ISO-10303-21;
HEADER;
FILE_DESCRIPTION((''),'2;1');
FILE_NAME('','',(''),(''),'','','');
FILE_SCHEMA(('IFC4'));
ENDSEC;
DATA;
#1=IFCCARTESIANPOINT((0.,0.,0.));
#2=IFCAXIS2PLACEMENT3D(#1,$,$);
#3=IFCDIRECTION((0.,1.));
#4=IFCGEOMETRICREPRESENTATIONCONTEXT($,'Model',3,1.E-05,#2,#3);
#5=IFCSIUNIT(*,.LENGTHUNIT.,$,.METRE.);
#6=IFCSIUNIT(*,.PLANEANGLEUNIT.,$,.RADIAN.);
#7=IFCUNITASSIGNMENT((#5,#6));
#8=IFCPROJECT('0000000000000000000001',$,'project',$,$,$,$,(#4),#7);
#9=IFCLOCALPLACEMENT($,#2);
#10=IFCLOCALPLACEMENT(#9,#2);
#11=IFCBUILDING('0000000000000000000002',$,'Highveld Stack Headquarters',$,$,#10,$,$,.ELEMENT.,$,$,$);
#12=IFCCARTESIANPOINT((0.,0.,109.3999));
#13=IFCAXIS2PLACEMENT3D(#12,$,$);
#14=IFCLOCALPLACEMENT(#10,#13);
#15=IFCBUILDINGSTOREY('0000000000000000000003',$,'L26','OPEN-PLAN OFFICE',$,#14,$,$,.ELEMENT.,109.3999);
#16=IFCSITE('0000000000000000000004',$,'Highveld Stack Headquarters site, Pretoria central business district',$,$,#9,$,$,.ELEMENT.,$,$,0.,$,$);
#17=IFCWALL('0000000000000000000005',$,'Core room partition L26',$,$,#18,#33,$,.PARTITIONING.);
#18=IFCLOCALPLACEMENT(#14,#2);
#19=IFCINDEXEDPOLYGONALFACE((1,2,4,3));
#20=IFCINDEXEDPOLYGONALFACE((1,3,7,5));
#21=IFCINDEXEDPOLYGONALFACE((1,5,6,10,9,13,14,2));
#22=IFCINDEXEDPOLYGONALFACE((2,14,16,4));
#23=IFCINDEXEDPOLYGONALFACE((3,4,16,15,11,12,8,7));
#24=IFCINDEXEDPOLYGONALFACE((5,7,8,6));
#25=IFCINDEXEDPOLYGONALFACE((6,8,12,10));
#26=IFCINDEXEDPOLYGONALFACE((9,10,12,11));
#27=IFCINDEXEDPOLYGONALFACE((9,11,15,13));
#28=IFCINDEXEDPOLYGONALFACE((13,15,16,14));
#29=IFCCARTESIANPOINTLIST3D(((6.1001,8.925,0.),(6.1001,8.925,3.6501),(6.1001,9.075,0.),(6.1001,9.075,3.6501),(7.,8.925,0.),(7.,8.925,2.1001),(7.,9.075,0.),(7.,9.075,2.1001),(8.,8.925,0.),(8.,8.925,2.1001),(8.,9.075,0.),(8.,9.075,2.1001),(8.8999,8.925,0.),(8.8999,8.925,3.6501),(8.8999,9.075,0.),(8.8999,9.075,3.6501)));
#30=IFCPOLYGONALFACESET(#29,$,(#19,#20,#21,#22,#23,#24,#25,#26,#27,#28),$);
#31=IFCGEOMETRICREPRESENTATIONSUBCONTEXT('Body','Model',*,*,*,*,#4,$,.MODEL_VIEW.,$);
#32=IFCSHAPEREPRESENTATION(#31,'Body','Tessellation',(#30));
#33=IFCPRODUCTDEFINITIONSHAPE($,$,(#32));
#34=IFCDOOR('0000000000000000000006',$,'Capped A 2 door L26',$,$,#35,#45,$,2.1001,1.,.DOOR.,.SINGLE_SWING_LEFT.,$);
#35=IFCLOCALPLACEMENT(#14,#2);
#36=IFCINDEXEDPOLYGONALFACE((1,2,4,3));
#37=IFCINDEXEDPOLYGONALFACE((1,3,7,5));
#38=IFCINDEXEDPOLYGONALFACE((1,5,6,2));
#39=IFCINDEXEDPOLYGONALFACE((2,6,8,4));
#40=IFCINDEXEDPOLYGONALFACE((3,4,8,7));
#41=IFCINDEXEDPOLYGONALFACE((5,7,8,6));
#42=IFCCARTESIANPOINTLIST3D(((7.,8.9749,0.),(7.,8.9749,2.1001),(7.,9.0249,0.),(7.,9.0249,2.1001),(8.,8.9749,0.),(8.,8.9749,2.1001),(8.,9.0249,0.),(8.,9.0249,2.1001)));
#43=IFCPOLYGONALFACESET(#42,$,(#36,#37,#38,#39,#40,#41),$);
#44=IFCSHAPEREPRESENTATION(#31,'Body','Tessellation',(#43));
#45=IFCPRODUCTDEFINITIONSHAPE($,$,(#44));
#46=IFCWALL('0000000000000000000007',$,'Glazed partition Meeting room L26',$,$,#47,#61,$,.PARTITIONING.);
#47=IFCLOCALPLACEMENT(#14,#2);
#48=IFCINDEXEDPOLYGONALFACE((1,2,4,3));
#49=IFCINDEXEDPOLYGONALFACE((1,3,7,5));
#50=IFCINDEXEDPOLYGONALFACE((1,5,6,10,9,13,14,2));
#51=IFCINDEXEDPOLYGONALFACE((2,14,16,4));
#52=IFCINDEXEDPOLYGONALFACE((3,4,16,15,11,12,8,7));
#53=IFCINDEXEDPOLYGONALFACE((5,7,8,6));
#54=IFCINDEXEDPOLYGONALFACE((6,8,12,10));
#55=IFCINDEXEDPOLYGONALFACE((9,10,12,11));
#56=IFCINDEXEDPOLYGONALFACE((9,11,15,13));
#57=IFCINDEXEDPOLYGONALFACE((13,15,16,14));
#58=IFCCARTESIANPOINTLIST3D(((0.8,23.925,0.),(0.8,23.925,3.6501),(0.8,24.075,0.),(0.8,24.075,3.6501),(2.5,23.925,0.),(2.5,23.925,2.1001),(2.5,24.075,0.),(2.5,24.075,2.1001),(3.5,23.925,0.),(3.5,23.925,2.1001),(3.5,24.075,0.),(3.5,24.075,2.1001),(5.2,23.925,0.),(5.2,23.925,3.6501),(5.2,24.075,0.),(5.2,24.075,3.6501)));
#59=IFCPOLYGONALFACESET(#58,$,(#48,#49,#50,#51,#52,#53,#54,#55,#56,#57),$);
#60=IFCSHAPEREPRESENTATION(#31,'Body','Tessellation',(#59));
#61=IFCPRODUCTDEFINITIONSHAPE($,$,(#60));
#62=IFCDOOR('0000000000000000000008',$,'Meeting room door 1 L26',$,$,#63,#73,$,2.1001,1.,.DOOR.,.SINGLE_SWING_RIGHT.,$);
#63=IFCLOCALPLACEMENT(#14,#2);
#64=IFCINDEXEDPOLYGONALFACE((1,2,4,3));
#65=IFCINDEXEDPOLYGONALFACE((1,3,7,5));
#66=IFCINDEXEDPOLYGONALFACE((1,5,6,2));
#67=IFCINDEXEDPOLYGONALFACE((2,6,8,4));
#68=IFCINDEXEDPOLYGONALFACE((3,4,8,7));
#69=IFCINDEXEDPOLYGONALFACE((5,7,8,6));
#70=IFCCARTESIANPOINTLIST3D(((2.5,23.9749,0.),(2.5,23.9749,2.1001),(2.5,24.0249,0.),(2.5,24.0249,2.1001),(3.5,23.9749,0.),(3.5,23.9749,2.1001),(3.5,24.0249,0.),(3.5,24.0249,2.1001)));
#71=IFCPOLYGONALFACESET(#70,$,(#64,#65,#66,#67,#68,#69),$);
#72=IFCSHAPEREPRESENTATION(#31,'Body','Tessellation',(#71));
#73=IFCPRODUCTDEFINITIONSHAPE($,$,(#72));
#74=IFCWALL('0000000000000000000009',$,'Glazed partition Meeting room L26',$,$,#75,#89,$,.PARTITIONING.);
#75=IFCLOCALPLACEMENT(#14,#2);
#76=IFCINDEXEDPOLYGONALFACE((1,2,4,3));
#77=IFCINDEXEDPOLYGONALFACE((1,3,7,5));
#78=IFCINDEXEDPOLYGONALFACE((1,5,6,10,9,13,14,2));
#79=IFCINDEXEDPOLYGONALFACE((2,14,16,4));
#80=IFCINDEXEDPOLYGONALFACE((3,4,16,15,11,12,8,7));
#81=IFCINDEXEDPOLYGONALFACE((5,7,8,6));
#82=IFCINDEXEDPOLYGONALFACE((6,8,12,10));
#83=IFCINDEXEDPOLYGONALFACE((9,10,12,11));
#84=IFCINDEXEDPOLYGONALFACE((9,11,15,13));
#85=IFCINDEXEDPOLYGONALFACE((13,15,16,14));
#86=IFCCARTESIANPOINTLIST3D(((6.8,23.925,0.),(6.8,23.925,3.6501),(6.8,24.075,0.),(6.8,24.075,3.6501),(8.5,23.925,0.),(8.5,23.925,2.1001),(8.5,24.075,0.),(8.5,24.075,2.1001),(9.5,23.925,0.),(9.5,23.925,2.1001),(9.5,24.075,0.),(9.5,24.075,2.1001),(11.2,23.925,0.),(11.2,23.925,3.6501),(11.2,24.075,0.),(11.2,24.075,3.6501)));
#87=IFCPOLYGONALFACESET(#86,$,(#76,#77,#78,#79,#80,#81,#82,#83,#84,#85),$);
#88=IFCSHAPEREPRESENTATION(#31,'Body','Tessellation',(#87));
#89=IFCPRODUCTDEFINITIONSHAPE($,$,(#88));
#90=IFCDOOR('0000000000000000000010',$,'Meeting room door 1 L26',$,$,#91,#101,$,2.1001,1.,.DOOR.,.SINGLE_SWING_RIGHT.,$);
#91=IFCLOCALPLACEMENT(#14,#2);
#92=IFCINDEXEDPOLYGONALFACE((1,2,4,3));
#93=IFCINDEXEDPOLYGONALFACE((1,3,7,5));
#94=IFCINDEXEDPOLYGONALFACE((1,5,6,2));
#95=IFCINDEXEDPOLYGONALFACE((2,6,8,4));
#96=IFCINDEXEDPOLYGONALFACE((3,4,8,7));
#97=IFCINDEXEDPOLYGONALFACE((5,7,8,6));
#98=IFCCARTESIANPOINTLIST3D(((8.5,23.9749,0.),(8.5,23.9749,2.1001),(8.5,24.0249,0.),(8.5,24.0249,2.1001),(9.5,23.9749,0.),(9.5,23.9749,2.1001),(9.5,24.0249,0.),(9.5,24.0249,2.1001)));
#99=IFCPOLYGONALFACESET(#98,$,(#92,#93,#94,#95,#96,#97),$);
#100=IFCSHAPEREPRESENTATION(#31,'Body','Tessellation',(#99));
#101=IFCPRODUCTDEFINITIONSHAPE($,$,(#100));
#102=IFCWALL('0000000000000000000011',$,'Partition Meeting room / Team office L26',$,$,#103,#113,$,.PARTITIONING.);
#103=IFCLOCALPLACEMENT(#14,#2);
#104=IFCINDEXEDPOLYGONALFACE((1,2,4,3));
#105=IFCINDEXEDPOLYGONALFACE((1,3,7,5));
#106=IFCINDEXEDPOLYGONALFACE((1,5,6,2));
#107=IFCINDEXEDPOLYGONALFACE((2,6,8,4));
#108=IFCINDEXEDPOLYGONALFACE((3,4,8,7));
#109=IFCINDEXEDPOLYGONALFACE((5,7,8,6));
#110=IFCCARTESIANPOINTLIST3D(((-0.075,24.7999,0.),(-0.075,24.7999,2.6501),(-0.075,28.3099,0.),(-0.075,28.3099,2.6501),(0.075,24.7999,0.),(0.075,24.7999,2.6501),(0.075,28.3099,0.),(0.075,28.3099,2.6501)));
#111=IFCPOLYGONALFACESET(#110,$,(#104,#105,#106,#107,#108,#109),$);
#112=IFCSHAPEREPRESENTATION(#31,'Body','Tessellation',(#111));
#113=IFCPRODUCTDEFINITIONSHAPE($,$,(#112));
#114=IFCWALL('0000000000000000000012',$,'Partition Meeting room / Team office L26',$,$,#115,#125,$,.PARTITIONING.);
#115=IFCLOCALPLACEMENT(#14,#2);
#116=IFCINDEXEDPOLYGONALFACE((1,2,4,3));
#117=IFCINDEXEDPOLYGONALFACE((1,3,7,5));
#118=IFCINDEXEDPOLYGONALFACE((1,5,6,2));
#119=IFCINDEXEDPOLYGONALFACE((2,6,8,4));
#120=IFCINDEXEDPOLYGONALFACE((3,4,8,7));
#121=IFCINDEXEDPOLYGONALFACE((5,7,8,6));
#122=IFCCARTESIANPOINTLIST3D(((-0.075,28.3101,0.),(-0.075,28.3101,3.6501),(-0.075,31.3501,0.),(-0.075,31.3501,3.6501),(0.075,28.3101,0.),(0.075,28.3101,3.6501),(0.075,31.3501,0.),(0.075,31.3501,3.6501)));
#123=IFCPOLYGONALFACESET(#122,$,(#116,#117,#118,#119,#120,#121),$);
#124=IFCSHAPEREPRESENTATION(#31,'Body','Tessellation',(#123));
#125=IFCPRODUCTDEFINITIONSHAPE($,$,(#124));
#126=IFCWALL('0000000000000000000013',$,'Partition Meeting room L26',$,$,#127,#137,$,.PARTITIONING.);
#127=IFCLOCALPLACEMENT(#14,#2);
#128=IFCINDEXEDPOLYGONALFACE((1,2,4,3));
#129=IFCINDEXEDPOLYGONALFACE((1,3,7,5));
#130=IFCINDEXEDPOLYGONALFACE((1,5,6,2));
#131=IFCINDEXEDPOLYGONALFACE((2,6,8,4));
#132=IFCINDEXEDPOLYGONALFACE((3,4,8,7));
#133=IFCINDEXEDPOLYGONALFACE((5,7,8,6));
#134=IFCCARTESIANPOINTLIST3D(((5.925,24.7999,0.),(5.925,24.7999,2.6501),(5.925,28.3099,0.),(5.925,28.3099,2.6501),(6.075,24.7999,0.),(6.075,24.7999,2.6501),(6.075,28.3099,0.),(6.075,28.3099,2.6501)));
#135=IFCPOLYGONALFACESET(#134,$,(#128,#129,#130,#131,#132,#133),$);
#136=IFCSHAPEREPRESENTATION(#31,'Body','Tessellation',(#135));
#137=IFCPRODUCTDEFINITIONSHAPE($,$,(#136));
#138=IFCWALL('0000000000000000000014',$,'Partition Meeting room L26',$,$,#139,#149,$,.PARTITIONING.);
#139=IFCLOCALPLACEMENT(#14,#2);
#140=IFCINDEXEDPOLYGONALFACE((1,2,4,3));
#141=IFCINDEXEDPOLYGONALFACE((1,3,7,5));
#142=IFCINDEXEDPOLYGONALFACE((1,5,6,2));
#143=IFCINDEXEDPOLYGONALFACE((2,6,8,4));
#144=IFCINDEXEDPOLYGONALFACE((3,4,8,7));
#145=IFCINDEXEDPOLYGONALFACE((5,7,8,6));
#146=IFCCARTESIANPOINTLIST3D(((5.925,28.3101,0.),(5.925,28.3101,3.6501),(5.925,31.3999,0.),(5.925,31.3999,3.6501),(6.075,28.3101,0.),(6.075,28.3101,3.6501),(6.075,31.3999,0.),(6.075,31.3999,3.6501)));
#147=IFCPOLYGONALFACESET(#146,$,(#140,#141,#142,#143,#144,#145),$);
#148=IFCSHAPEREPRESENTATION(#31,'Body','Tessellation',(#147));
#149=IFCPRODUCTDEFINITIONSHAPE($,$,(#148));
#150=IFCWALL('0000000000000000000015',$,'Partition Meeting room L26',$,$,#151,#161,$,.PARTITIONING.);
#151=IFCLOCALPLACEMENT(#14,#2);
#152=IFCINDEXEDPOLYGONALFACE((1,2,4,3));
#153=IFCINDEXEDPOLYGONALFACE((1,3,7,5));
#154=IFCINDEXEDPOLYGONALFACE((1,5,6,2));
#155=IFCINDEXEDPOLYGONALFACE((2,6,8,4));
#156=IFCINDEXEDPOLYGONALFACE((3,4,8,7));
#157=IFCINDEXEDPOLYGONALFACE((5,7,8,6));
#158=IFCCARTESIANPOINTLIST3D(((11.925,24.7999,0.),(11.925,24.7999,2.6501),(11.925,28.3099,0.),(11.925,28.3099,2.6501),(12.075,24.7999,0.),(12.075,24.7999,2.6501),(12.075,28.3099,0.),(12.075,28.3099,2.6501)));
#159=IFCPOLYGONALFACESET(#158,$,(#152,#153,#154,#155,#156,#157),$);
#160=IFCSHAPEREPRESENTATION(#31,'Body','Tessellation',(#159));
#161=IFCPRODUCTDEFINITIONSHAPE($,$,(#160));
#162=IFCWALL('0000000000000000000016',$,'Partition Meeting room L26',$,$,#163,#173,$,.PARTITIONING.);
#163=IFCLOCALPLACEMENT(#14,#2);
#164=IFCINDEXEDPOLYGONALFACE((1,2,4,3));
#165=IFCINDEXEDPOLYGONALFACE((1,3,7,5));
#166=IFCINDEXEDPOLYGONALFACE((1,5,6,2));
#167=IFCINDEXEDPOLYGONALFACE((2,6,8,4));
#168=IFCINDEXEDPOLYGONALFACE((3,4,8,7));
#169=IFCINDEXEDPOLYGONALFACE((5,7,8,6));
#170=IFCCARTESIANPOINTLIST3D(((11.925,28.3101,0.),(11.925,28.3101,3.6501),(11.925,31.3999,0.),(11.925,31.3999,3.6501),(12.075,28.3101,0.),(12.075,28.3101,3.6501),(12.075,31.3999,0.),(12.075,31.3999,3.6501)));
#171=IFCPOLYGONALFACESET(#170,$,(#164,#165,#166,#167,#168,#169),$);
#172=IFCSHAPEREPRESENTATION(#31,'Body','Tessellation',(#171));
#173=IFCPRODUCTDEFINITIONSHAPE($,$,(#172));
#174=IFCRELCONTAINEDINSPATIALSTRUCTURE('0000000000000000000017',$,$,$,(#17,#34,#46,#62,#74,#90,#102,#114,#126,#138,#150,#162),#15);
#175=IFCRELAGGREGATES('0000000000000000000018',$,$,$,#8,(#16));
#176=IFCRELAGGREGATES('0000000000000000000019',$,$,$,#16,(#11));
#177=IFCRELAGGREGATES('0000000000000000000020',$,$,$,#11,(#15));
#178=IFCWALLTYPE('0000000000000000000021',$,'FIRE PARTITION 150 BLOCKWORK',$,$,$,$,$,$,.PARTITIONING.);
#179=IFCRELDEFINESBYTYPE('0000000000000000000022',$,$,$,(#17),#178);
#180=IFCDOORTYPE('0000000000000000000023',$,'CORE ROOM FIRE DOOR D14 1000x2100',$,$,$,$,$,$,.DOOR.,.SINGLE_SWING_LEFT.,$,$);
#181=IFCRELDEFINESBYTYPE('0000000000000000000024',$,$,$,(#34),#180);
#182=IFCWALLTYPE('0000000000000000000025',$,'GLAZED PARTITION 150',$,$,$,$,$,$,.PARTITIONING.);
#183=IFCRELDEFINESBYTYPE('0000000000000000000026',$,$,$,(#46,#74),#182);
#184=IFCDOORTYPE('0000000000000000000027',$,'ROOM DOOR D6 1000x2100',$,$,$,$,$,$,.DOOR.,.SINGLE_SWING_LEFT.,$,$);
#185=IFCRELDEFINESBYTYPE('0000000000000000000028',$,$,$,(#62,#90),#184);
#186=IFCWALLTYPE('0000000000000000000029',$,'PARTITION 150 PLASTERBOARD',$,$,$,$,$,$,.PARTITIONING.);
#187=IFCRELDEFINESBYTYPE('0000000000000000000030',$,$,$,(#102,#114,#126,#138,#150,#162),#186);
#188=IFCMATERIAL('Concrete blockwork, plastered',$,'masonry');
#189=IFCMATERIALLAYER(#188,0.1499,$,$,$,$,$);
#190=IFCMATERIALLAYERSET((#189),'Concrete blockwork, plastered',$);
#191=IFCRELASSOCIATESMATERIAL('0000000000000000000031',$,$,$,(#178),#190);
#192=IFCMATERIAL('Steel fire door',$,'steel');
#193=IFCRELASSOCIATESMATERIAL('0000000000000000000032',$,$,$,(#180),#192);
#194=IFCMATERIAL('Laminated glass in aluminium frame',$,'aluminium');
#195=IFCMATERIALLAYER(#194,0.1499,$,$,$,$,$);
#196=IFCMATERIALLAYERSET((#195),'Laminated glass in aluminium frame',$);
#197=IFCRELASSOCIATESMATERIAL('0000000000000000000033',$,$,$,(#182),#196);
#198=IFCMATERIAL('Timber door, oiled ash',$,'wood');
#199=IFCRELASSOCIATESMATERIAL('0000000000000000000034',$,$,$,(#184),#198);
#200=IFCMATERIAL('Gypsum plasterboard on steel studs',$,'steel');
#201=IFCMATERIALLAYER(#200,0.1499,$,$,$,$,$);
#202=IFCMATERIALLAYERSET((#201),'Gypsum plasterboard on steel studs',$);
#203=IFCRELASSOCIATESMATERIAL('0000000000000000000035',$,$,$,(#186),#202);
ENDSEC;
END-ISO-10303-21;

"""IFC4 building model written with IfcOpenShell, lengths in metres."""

from ifc_helpers import new_model, si_unit, direction, frame, frame_2d, origin, place, context, subcontext, project, spatial, rectangle, extrude, material, layer, layer_set, type_object, element, fill, save


model = new_model("IFC4")

# Units and contexts
model_context = context("Model", 3, precision=1e-05, world=origin(), true_north=direction((0.0, 1.0)))
body_context = subcontext(model_context, "Body", "Model", "MODEL_VIEW")
ifc_project = project(units=[si_unit("LENGTHUNIT", "METRE"), si_unit("PLANEANGLEUNIT", "RADIAN")], contexts=[model_context])

# Site, building, storey
site_placement = place(None, origin())
site = spatial("IfcSite", under=ifc_project, at=site_placement, Name="Highveld Stack Headquarters site, Pretoria central business district", CompositionType="ELEMENT", RefElevation=0.0)
building_placement = place(site_placement, origin())
building = spatial("IfcBuilding", under=site, at=building_placement, Name="Highveld Stack Headquarters", CompositionType="ELEMENT")
storey_placement = place(building_placement, frame((0.0, 0.0, 109.3999)))
storey = spatial("IfcBuildingStorey", under=building, at=storey_placement, Name="L26", Description="OPEN-PLAN OFFICE", CompositionType="ELEMENT", Elevation=109.3999)

# Walls, openings, doors
ifc_material_1 = material(Name="Concrete blockwork, plastered", Category="masonry")
ifc_layer_1 = layer(ifc_material_1, 0.1499)
ifc_layer_set_1 = layer_set([ifc_layer_1], Name="Concrete blockwork, plastered")
wall_type_1 = type_object("IfcWallType", Name="FIRE PARTITION 150 BLOCKWORK", PredefinedType="PARTITIONING", material=ifc_layer_set_1)
wall_1_placement = place(storey_placement, frame((6.1001, 9.0, 0.0), z_axis=(0.0, 0.0, 1.0), x_axis=(1.0, 0.0, 0.0)))
wall_1 = element("IfcWall", 1, at=wall_1_placement, inside=storey, type_object=wall_type_1, Name="Core room partition L26", PredefinedType="PARTITIONING", context=body_context, shape_type="SweptSolid", body=[
    extrude(rectangle(XDim=2.7998, YDim=0.1499, at=frame_2d((1.3999, 0.0))), origin(), (0.0, 0.0, 1.0), 3.6501),
])
opening_1_placement = place(wall_1_placement, frame((0.8999, 0.0, 0.0)))
opening_1 = element("IfcOpeningElement", 2, at=opening_1_placement, cuts=wall_1, PredefinedType="OPENING", context=body_context, shape_type="SweptSolid", body=[
    extrude(rectangle(XDim=1.0, YDim=2.1001, at=frame_2d((0.5, 1.05))), frame((0.0, 0.085, 0.0), z_axis=(0.0, -1.0, 0.0), x_axis=(1.0, 0.0, 0.0)), (0.0, 0.0, 1.0), 0.1699),
])
ifc_material_2 = material(Name="Steel fire door", Category="steel")
door_type_1 = type_object("IfcDoorType", Name="CORE ROOM FIRE DOOR D14 1000x2100", OperationType="SINGLE_SWING_LEFT", PredefinedType="DOOR", material=ifc_material_2)
door_1_placement = place(opening_1_placement, origin())
door_1 = element("IfcDoor", 3, at=door_1_placement, inside=storey, type_object=door_type_1, Name="Capped A 2 door L26", OperationType="SINGLE_SWING_LEFT", OverallHeight=2.1001, OverallWidth=1.0, PredefinedType="DOOR", context=body_context, shape_type="SweptSolid", body=[
    extrude(rectangle(XDim=1.0, YDim=2.1001, at=frame_2d((0.5, 1.05))), frame((0.0, 0.0249, 0.0), z_axis=(0.0, -1.0, 0.0), x_axis=(1.0, 0.0, 0.0)), (0.0, 0.0, 1.0), 0.05),
])
fill(opening_1, door_1)
ifc_material_3 = material(Name="Laminated glass in aluminium frame", Category="aluminium")
ifc_layer_2 = layer(ifc_material_3, 0.1499)
ifc_layer_set_2 = layer_set([ifc_layer_2], Name="Laminated glass in aluminium frame")
wall_type_2 = type_object("IfcWallType", Name="GLAZED PARTITION 150", PredefinedType="PARTITIONING", material=ifc_layer_set_2)
wall_2_placement = place(storey_placement, frame((0.8, 24.0, 0.0), z_axis=(0.0, 0.0, 1.0), x_axis=(1.0, 0.0, 0.0)))
wall_2 = element("IfcWall", 4, at=wall_2_placement, inside=storey, type_object=wall_type_2, Name="Glazed partition Meeting room L26", PredefinedType="PARTITIONING", context=body_context, shape_type="SweptSolid", body=[
    extrude(rectangle(XDim=4.3999, YDim=0.1499, at=frame_2d((2.2, 0.0))), origin(), (0.0, 0.0, 1.0), 3.6501),
])
opening_2_placement = place(wall_2_placement, frame((1.7, 0.0, 0.0)))
opening_2 = element("IfcOpeningElement", 5, at=opening_2_placement, cuts=wall_2, PredefinedType="OPENING", context=body_context, shape_type="SweptSolid", body=[
    extrude(rectangle(XDim=1.0, YDim=2.1001, at=frame_2d((0.5, 1.05))), frame((0.0, 0.085, 0.0), z_axis=(0.0, -1.0, 0.0), x_axis=(1.0, 0.0, 0.0)), (0.0, 0.0, 1.0), 0.1699),
])
ifc_material_4 = material(Name="Timber door, oiled ash", Category="wood")
door_type_2 = type_object("IfcDoorType", Name="ROOM DOOR D6 1000x2100", OperationType="SINGLE_SWING_LEFT", PredefinedType="DOOR", material=ifc_material_4)
door_2_placement = place(opening_2_placement, origin())
door_2 = element("IfcDoor", 6, at=door_2_placement, inside=storey, type_object=door_type_2, Name="Meeting room door 1 L26", OperationType="SINGLE_SWING_RIGHT", OverallHeight=2.1001, OverallWidth=1.0, PredefinedType="DOOR", context=body_context, shape_type="SweptSolid", body=[
    extrude(rectangle(XDim=1.0, YDim=2.1001, at=frame_2d((0.5, 1.05))), frame((0.0, 0.0249, 0.0), z_axis=(0.0, -1.0, 0.0), x_axis=(1.0, 0.0, 0.0)), (0.0, 0.0, 1.0), 0.05),
])
fill(opening_2, door_2)
wall_3_placement = place(storey_placement, frame((6.8, 24.0, 0.0), z_axis=(0.0, 0.0, 1.0), x_axis=(1.0, 0.0, 0.0)))
wall_3 = element("IfcWall", 7, at=wall_3_placement, inside=storey, type_object=wall_type_2, Name="Glazed partition Meeting room L26", PredefinedType="PARTITIONING", context=body_context, shape_type="SweptSolid", body=[
    extrude(rectangle(XDim=4.3999, YDim=0.1499, at=frame_2d((2.2, 0.0))), origin(), (0.0, 0.0, 1.0), 3.6501),
])
opening_3_placement = place(wall_3_placement, frame((1.7, 0.0, 0.0)))
opening_3 = element("IfcOpeningElement", 8, at=opening_3_placement, cuts=wall_3, PredefinedType="OPENING", context=body_context, shape_type="SweptSolid", body=[
    extrude(rectangle(XDim=1.0, YDim=2.1001, at=frame_2d((0.5, 1.05))), frame((0.0, 0.085, 0.0), z_axis=(0.0, -1.0, 0.0), x_axis=(1.0, 0.0, 0.0)), (0.0, 0.0, 1.0), 0.1699),
])
door_3_placement = place(opening_3_placement, origin())
door_3 = element("IfcDoor", 9, at=door_3_placement, inside=storey, type_object=door_type_2, Name="Meeting room door 1 L26", OperationType="SINGLE_SWING_RIGHT", OverallHeight=2.1001, OverallWidth=1.0, PredefinedType="DOOR", context=body_context, shape_type="SweptSolid", body=[
    extrude(rectangle(XDim=1.0, YDim=2.1001, at=frame_2d((0.5, 1.05))), frame((0.0, 0.0249, 0.0), z_axis=(0.0, -1.0, 0.0), x_axis=(1.0, 0.0, 0.0)), (0.0, 0.0, 1.0), 0.05),
])
fill(opening_3, door_3)

# Walls
ifc_material_5 = material(Name="Gypsum plasterboard on steel studs", Category="steel")
ifc_layer_3 = layer(ifc_material_5, 0.1499)
ifc_layer_set_3 = layer_set([ifc_layer_3], Name="Gypsum plasterboard on steel studs")
wall_type_3 = type_object("IfcWallType", Name="PARTITION 150 PLASTERBOARD", PredefinedType="PARTITIONING", material=ifc_layer_set_3)
wall_4_placement = place(storey_placement, frame((0.0, 24.8, 0.0), z_axis=(0.0, 0.0, 1.0), x_axis=(0.0, 1.0, 0.0)))
element("IfcWall", 10, at=wall_4_placement, inside=storey, type_object=wall_type_3, Name="Partition Meeting room / Team office L26", PredefinedType="PARTITIONING", context=body_context, shape_type="SweptSolid", body=[
    extrude(rectangle(XDim=3.51, YDim=0.1499, at=frame_2d((1.7549, 0.0))), origin(), (0.0, 0.0, 1.0), 2.6501),
])
wall_5_placement = place(storey_placement, frame((0.0, 28.3101, 0.0), z_axis=(0.0, 0.0, 1.0), x_axis=(0.0, 1.0, 0.0)))
element("IfcWall", 11, at=wall_5_placement, inside=storey, type_object=wall_type_3, Name="Partition Meeting room / Team office L26", PredefinedType="PARTITIONING", context=body_context, shape_type="SweptSolid", body=[
    extrude(rectangle(XDim=3.04, YDim=0.1499, at=frame_2d((1.52, 0.0))), origin(), (0.0, 0.0, 1.0), 3.6501),
])
wall_6_placement = place(storey_placement, frame((6.0, 24.8, 0.0), z_axis=(0.0, 0.0, 1.0), x_axis=(0.0, 1.0, 0.0)))
element("IfcWall", 12, at=wall_6_placement, inside=storey, type_object=wall_type_3, Name="Partition Meeting room L26", PredefinedType="PARTITIONING", context=body_context, shape_type="SweptSolid", body=[
    extrude(rectangle(XDim=3.51, YDim=0.1499, at=frame_2d((1.7549, 0.0))), origin(), (0.0, 0.0, 1.0), 2.6501),
])
wall_7_placement = place(storey_placement, frame((6.0, 28.3101, 0.0), z_axis=(0.0, 0.0, 1.0), x_axis=(0.0, 1.0, 0.0)))
element("IfcWall", 13, at=wall_7_placement, inside=storey, type_object=wall_type_3, Name="Partition Meeting room L26", PredefinedType="PARTITIONING", context=body_context, shape_type="SweptSolid", body=[
    extrude(rectangle(XDim=3.0898, YDim=0.1499, at=frame_2d((1.5449, 0.0))), origin(), (0.0, 0.0, 1.0), 3.6501),
])
wall_8_placement = place(storey_placement, frame((12.0, 24.8, 0.0), z_axis=(0.0, 0.0, 1.0), x_axis=(0.0, 1.0, 0.0)))
element("IfcWall", 14, at=wall_8_placement, inside=storey, type_object=wall_type_3, Name="Partition Meeting room L26", PredefinedType="PARTITIONING", context=body_context, shape_type="SweptSolid", body=[
    extrude(rectangle(XDim=3.51, YDim=0.1499, at=frame_2d((1.7549, 0.0))), origin(), (0.0, 0.0, 1.0), 2.6501),
])
wall_9_placement = place(storey_placement, frame((12.0, 28.3101, 0.0), z_axis=(0.0, 0.0, 1.0), x_axis=(0.0, 1.0, 0.0)))
element("IfcWall", 15, at=wall_9_placement, inside=storey, type_object=wall_type_3, Name="Partition Meeting room L26", PredefinedType="PARTITIONING", context=body_context, shape_type="SweptSolid", body=[
    extrude(rectangle(XDim=3.0898, YDim=0.1499, at=frame_2d((1.5449, 0.0))), origin(), (0.0, 0.0, 1.0), 3.6501),
])

save(model, "model.ifc")
